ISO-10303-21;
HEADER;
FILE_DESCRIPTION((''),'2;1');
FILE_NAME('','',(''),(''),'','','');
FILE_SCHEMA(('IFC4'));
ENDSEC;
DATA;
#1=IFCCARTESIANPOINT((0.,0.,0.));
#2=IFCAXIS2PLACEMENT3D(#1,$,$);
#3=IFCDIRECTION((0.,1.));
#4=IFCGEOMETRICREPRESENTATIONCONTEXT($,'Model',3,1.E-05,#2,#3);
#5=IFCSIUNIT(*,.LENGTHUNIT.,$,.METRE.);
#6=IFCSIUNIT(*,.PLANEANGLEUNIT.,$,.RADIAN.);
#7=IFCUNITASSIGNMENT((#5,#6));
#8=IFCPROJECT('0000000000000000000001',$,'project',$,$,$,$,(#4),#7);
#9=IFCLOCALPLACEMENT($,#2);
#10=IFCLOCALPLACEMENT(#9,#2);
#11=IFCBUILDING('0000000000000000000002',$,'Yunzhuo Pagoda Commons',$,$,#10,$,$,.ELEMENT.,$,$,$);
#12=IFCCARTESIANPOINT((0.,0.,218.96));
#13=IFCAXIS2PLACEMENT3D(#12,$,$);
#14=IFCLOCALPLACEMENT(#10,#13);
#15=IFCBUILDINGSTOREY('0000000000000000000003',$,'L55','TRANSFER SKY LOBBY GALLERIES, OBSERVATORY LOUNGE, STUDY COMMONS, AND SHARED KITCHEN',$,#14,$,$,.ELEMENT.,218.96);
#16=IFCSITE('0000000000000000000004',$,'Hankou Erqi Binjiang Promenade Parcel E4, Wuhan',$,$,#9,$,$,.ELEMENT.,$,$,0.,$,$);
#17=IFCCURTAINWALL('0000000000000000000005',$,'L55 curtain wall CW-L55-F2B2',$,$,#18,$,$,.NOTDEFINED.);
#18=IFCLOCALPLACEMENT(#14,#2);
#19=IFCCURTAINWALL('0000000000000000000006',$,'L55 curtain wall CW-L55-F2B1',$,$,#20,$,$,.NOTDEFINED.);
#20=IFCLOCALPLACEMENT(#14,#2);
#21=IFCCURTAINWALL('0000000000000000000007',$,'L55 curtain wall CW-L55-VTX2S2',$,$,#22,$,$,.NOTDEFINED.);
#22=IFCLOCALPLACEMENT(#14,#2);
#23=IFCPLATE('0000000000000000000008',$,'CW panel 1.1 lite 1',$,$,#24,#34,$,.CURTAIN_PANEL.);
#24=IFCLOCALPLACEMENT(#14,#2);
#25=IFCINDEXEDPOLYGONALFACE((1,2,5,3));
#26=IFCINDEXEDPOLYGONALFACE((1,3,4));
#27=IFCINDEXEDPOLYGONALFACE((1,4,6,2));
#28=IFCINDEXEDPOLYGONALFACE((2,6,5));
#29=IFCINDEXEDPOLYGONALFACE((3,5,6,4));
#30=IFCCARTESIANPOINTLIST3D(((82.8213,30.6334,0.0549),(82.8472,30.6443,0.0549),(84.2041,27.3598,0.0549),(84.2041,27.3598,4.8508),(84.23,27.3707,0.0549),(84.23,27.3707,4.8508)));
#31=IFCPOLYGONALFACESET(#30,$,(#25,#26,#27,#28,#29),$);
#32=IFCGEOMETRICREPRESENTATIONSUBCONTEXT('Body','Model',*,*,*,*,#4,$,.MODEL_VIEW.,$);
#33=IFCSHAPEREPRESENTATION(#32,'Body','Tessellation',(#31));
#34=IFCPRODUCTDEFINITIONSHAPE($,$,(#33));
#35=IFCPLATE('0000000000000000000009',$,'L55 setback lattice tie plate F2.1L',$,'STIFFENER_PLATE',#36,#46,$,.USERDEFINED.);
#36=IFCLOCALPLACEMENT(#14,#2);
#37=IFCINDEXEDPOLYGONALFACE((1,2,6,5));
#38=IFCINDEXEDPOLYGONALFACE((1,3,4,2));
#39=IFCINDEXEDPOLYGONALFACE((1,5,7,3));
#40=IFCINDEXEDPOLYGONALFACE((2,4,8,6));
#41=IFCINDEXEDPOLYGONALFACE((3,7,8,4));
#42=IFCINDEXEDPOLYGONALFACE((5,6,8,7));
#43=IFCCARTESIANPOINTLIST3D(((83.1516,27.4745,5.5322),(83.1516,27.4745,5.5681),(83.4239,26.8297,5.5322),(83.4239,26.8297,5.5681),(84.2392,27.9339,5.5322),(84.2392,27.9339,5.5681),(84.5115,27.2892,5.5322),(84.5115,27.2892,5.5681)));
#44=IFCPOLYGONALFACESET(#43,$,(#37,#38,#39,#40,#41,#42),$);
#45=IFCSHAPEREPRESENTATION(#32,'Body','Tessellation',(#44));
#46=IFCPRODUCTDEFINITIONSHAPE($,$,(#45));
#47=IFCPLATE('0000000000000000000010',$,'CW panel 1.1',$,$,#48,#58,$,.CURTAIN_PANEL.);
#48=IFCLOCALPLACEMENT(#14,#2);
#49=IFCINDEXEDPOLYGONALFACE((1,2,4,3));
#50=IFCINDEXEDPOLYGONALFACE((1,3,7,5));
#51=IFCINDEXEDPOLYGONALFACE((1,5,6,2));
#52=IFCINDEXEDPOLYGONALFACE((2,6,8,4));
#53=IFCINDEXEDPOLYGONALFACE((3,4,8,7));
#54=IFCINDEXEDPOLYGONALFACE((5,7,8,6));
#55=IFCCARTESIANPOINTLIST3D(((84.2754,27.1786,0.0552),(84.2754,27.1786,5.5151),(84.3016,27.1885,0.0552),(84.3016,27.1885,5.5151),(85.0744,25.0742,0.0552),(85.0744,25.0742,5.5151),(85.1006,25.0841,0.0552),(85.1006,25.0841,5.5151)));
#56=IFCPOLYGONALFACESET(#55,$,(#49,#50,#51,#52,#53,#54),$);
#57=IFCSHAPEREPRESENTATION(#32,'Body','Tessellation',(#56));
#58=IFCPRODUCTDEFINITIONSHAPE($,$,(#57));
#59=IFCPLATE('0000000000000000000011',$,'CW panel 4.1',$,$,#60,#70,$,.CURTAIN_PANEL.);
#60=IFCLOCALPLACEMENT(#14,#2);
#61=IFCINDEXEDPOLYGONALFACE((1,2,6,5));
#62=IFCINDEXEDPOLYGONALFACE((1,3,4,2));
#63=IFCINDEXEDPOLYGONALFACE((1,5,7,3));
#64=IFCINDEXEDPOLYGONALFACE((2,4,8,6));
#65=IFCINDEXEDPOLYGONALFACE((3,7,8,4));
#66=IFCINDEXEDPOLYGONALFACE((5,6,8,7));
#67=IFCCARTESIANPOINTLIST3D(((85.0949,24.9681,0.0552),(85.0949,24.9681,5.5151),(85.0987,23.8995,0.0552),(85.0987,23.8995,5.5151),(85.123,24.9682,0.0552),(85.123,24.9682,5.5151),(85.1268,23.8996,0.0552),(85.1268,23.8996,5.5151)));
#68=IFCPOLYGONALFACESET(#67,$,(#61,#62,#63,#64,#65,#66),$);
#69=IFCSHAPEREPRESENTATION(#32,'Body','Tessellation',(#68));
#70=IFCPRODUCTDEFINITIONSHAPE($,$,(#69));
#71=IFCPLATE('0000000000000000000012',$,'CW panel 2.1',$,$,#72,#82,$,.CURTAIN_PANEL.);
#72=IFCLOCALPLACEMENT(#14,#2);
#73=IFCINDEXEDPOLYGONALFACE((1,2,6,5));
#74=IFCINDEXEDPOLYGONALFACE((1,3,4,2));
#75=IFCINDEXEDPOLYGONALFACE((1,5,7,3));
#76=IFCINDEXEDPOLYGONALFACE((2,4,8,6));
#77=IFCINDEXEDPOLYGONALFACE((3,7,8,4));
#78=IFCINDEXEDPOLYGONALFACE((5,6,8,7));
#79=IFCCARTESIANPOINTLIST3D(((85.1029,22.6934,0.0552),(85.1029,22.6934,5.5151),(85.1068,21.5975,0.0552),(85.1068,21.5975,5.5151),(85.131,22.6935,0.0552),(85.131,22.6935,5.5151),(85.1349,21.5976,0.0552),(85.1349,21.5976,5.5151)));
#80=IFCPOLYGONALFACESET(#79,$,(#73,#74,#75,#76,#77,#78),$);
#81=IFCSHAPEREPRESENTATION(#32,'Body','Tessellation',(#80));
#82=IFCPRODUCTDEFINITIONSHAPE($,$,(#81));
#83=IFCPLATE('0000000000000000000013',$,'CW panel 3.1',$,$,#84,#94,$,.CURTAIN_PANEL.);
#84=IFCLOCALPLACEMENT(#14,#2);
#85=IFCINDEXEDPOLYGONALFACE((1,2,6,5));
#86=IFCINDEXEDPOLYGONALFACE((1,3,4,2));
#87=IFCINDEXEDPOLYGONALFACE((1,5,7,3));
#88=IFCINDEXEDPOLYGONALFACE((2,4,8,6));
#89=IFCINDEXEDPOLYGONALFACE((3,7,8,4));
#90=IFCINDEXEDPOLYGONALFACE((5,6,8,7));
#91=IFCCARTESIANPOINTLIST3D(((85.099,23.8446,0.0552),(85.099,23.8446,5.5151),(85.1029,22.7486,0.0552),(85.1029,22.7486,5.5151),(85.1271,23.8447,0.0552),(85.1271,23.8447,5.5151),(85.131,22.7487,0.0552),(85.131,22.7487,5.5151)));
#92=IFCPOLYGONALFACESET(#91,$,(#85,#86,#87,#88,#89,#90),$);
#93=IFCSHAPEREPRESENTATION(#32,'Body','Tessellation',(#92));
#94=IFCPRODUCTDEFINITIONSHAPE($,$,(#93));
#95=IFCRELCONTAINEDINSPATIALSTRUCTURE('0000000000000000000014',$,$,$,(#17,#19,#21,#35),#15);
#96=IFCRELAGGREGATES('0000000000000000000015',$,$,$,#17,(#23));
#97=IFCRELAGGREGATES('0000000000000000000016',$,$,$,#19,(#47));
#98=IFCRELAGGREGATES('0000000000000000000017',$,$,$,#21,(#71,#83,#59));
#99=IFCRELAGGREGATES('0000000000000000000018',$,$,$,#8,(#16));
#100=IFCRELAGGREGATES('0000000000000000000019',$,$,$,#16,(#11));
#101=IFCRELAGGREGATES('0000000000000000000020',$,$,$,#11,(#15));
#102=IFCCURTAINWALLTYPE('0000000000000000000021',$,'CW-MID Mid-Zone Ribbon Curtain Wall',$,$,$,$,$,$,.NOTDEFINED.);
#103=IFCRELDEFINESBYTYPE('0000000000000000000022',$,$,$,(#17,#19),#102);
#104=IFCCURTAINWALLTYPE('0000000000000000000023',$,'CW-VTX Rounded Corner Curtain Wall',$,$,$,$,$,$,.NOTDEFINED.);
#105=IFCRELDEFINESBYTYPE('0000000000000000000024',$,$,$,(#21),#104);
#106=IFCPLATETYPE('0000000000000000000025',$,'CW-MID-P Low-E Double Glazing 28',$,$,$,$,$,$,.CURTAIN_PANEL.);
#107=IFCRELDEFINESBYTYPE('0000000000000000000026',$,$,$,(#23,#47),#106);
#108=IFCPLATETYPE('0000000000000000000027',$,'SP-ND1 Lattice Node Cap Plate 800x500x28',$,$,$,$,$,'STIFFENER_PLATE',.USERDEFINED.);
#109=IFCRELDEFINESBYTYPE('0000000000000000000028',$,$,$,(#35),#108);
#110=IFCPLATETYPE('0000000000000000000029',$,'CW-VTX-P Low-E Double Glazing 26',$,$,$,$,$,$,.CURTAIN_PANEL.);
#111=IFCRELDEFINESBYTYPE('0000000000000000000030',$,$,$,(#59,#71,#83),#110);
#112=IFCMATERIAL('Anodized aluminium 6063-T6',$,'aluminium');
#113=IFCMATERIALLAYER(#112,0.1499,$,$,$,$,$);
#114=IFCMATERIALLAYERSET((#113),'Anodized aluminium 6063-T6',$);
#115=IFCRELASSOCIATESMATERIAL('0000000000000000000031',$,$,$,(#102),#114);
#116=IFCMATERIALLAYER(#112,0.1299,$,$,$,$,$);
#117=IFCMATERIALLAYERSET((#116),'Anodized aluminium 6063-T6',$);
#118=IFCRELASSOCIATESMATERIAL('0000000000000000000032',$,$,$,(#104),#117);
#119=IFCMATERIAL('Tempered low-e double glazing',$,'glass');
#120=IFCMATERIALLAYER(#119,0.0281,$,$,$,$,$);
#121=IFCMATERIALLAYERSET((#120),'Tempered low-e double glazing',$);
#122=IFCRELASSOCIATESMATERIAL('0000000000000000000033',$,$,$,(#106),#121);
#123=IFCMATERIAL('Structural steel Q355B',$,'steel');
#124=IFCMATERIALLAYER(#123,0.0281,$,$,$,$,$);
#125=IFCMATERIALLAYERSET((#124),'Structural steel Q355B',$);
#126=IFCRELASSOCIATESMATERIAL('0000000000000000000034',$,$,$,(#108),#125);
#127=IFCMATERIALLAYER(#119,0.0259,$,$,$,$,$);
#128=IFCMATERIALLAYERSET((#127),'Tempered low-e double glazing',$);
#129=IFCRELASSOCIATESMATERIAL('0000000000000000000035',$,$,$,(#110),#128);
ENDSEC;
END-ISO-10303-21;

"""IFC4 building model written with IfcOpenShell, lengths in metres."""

from ifc_helpers import new_model, si_unit, direction, frame, origin, origin_2d, place, context, subcontext, project, spatial, polyline, rectangle, outline, extrude, source, transform, mapped, material, layer, layer_set, type_object, element, aggregate, save


model = new_model("IFC4")

# Units and contexts
model_context = context("Model", 3, precision=1e-05, world=origin(), true_north=direction((0.0, 1.0)))
body_context = subcontext(model_context, "Body", "Model", "MODEL_VIEW")
ifc_project = project(units=[si_unit("LENGTHUNIT", "METRE"), si_unit("PLANEANGLEUNIT", "RADIAN")], contexts=[model_context])

# Site, building, storey
site_placement = place(None, origin())
site = spatial("IfcSite", under=ifc_project, at=site_placement, Name="Hankou Erqi Binjiang Promenade Parcel E4, Wuhan", CompositionType="ELEMENT", RefElevation=0.0)
building_placement = place(site_placement, origin())
building = spatial("IfcBuilding", under=site, at=building_placement, Name="Yunzhuo Pagoda Commons", CompositionType="ELEMENT")
storey_placement = place(building_placement, frame((0.0, 0.0, 218.96)))
storey = spatial("IfcBuildingStorey", under=building, at=storey_placement, Name="L55", Description="TRANSFER SKY LOBBY GALLERIES, OBSERVATORY LOUNGE, STUDY COMMONS, AND SHARED KITCHEN", CompositionType="ELEMENT", Elevation=218.96)

# Shared definitions
ifc_material_1 = material(Name="Structural steel Q355B", Category="steel")

# Curtain wall
ifc_material_2 = material(Name="Anodized aluminium 6063-T6", Category="aluminium")
ifc_layer_1 = layer(ifc_material_2, 0.1499)
ifc_layer_set_1 = layer_set([ifc_layer_1], Name="Anodized aluminium 6063-T6")
curtain_wall_type_1 = type_object("IfcCurtainWallType", Name="CW-MID Mid-Zone Ribbon Curtain Wall", PredefinedType="NOTDEFINED", material=ifc_layer_set_1)
curtain_wall_1_placement = place(storey_placement, origin())
curtain_wall_1 = element("IfcCurtainWall", 1, at=curtain_wall_1_placement, inside=storey, type_object=curtain_wall_type_1, Name="L55 curtain wall CW-L55-F2B2", PredefinedType="NOTDEFINED")

# Curtain wall
curtain_wall_2_placement = place(storey_placement, origin())
curtain_wall_2 = element("IfcCurtainWall", 2, at=curtain_wall_2_placement, inside=storey, type_object=curtain_wall_type_1, Name="L55 curtain wall CW-L55-F2B1", PredefinedType="NOTDEFINED")

# Curtain wall
ifc_layer_2 = layer(ifc_material_2, 0.1299)
ifc_layer_set_2 = layer_set([ifc_layer_2], Name="Anodized aluminium 6063-T6")
curtain_wall_type_2 = type_object("IfcCurtainWallType", Name="CW-VTX Rounded Corner Curtain Wall", PredefinedType="NOTDEFINED", material=ifc_layer_set_2)
curtain_wall_3_placement = place(storey_placement, origin())
curtain_wall_3 = element("IfcCurtainWall", 3, at=curtain_wall_3_placement, inside=storey, type_object=curtain_wall_type_2, Name="L55 curtain wall CW-L55-VTX2S2", PredefinedType="NOTDEFINED")

# Plates
ifc_material_3 = material(Name="Tempered low-e double glazing", Category="glass")
ifc_layer_3 = layer(ifc_material_3, 0.0281)
ifc_layer_set_3 = layer_set([ifc_layer_3], Name="Tempered low-e double glazing")
plate_type_1 = type_object("IfcPlateType", Name="CW-MID-P Low-E Double Glazing 28", PredefinedType="CURTAIN_PANEL", material=ifc_layer_set_3)
plate_1_placement = place(storey_placement, frame((83.5127, 28.9966, 2.4529), z_axis=(0.921188, 0.389117, 0.0), x_axis=(-0.389117, 0.921188, 0.0)))
plate_1 = element("IfcPlate", 4, at=plate_1_placement, type_object=plate_type_1, Name="CW panel 1.1 lite 1", PredefinedType="CURTAIN_PANEL", context=body_context, shape_type="SweptSolid", body=[
    extrude(outline(polyline([(-1.7769, -2.3979), (1.7769, -2.3979), (-1.7769, 2.3979), (-1.7769, -2.3979)])), origin(), (0.0, 0.0, 1.0), 0.0281),
])
aggregate(curtain_wall_1, [plate_1])
ifc_layer_4 = layer(ifc_material_1, 0.0281)
ifc_layer_set_4 = layer_set([ifc_layer_4], Name="Structural steel Q355B")
plate_type_2 = type_object("IfcPlateType", Name="SP-ND1 Lattice Node Cap Plate 800x500x28", ElementType="STIFFENER_PLATE", PredefinedType="USERDEFINED", material=ifc_layer_set_4)
shared_shape_1 = source(origin(), body_context, "Body", "SweptSolid", [
    extrude(rectangle(XDim=0.7, YDim=1.1807, at=origin_2d()), origin(), (0.0, 0.0, 1.0), 0.0359),
])
plate_2_placement = place(storey_placement, frame((83.8315, 27.3818, 5.5322), z_axis=(0.0, 0.0, 1.0), x_axis=(-0.389124, 0.921185, 0.0)))
element("IfcPlate", 5, at=plate_2_placement, inside=storey, type_object=plate_type_2, Name="L55 setback lattice tie plate F2.1L", ObjectType="STIFFENER_PLATE", PredefinedType="USERDEFINED", context=body_context, shape_type="MappedRepresentation", body=[
    mapped(shared_shape_1, transform((0.0, 0.0, 0.0), scale=1.0)),
])
shared_shape_2 = source(origin(), body_context, "Body", "SweptSolid", [
    extrude(rectangle(XDim=2.251, YDim=0.0281, at=origin_2d()), origin(), (0.0, 0.0, 1.0), 5.46),
])
plate_3_placement = place(storey_placement, frame((84.688, 26.1313, 0.0552), z_axis=(0.0, 0.0, 1.0), x_axis=(-0.354957, 0.934883, 0.0)))
plate_3 = element("IfcPlate", 6, at=plate_3_placement, type_object=plate_type_1, Name="CW panel 1.1", PredefinedType="CURTAIN_PANEL", context=body_context, shape_type="MappedRepresentation", body=[
    mapped(shared_shape_2, transform((0.0, 0.0, 0.0), scale=1.0)),
])
aggregate(curtain_wall_2, [plate_3])
ifc_layer_5 = layer(ifc_material_3, 0.0259)
ifc_layer_set_5 = layer_set([ifc_layer_5], Name="Tempered low-e double glazing")
plate_type_3 = type_object("IfcPlateType", Name="CW-VTX-P Low-E Double Glazing 26", PredefinedType="CURTAIN_PANEL", material=ifc_layer_set_5)
shared_shape_3 = source(origin(), body_context, "Body", "SweptSolid", [
    extrude(rectangle(XDim=1.0686, YDim=0.0281, at=origin_2d()), origin(), (0.0, 0.0, 1.0), 5.46),
])
plate_4_placement = place(storey_placement, frame((85.1108, 24.4338, 0.0552), z_axis=(0.0, 0.0, 1.0), x_axis=(-0.003584, 0.999994, 0.0)))
plate_4 = element("IfcPlate", 7, at=plate_4_placement, type_object=plate_type_3, Name="CW panel 4.1", PredefinedType="CURTAIN_PANEL", context=body_context, shape_type="MappedRepresentation", body=[
    mapped(shared_shape_3, transform((0.0, 0.0, 0.0), scale=1.0)),
])
shared_shape_4 = source(origin(), body_context, "Body", "SweptSolid", [
    extrude(rectangle(XDim=1.0959, YDim=0.0281, at=origin_2d()), origin(), (0.0, 0.0, 1.0), 5.46),
])
plate_5_placement = place(storey_placement, frame((85.1189, 22.1455, 0.0552), z_axis=(0.0, 0.0, 1.0), x_axis=(-0.003584, 0.999994, 0.0)))
plate_5 = element("IfcPlate", 8, at=plate_5_placement, type_object=plate_type_3, Name="CW panel 2.1", PredefinedType="CURTAIN_PANEL", context=body_context, shape_type="MappedRepresentation", body=[
    mapped(shared_shape_4, transform((0.0, 0.0, 0.0), scale=1.0)),
])
plate_6_placement = place(storey_placement, frame((85.115, 23.2966, 0.0552), z_axis=(0.0, 0.0, 1.0), x_axis=(-0.003584, 0.999994, 0.0)))
plate_6 = element("IfcPlate", 9, at=plate_6_placement, type_object=plate_type_3, Name="CW panel 3.1", PredefinedType="CURTAIN_PANEL", context=body_context, shape_type="MappedRepresentation", body=[
    mapped(shared_shape_4, transform((0.0, 0.0, 0.0), scale=1.0)),
])
aggregate(curtain_wall_3, [plate_5, plate_6, plate_4])

save(model, "model.ifc")
